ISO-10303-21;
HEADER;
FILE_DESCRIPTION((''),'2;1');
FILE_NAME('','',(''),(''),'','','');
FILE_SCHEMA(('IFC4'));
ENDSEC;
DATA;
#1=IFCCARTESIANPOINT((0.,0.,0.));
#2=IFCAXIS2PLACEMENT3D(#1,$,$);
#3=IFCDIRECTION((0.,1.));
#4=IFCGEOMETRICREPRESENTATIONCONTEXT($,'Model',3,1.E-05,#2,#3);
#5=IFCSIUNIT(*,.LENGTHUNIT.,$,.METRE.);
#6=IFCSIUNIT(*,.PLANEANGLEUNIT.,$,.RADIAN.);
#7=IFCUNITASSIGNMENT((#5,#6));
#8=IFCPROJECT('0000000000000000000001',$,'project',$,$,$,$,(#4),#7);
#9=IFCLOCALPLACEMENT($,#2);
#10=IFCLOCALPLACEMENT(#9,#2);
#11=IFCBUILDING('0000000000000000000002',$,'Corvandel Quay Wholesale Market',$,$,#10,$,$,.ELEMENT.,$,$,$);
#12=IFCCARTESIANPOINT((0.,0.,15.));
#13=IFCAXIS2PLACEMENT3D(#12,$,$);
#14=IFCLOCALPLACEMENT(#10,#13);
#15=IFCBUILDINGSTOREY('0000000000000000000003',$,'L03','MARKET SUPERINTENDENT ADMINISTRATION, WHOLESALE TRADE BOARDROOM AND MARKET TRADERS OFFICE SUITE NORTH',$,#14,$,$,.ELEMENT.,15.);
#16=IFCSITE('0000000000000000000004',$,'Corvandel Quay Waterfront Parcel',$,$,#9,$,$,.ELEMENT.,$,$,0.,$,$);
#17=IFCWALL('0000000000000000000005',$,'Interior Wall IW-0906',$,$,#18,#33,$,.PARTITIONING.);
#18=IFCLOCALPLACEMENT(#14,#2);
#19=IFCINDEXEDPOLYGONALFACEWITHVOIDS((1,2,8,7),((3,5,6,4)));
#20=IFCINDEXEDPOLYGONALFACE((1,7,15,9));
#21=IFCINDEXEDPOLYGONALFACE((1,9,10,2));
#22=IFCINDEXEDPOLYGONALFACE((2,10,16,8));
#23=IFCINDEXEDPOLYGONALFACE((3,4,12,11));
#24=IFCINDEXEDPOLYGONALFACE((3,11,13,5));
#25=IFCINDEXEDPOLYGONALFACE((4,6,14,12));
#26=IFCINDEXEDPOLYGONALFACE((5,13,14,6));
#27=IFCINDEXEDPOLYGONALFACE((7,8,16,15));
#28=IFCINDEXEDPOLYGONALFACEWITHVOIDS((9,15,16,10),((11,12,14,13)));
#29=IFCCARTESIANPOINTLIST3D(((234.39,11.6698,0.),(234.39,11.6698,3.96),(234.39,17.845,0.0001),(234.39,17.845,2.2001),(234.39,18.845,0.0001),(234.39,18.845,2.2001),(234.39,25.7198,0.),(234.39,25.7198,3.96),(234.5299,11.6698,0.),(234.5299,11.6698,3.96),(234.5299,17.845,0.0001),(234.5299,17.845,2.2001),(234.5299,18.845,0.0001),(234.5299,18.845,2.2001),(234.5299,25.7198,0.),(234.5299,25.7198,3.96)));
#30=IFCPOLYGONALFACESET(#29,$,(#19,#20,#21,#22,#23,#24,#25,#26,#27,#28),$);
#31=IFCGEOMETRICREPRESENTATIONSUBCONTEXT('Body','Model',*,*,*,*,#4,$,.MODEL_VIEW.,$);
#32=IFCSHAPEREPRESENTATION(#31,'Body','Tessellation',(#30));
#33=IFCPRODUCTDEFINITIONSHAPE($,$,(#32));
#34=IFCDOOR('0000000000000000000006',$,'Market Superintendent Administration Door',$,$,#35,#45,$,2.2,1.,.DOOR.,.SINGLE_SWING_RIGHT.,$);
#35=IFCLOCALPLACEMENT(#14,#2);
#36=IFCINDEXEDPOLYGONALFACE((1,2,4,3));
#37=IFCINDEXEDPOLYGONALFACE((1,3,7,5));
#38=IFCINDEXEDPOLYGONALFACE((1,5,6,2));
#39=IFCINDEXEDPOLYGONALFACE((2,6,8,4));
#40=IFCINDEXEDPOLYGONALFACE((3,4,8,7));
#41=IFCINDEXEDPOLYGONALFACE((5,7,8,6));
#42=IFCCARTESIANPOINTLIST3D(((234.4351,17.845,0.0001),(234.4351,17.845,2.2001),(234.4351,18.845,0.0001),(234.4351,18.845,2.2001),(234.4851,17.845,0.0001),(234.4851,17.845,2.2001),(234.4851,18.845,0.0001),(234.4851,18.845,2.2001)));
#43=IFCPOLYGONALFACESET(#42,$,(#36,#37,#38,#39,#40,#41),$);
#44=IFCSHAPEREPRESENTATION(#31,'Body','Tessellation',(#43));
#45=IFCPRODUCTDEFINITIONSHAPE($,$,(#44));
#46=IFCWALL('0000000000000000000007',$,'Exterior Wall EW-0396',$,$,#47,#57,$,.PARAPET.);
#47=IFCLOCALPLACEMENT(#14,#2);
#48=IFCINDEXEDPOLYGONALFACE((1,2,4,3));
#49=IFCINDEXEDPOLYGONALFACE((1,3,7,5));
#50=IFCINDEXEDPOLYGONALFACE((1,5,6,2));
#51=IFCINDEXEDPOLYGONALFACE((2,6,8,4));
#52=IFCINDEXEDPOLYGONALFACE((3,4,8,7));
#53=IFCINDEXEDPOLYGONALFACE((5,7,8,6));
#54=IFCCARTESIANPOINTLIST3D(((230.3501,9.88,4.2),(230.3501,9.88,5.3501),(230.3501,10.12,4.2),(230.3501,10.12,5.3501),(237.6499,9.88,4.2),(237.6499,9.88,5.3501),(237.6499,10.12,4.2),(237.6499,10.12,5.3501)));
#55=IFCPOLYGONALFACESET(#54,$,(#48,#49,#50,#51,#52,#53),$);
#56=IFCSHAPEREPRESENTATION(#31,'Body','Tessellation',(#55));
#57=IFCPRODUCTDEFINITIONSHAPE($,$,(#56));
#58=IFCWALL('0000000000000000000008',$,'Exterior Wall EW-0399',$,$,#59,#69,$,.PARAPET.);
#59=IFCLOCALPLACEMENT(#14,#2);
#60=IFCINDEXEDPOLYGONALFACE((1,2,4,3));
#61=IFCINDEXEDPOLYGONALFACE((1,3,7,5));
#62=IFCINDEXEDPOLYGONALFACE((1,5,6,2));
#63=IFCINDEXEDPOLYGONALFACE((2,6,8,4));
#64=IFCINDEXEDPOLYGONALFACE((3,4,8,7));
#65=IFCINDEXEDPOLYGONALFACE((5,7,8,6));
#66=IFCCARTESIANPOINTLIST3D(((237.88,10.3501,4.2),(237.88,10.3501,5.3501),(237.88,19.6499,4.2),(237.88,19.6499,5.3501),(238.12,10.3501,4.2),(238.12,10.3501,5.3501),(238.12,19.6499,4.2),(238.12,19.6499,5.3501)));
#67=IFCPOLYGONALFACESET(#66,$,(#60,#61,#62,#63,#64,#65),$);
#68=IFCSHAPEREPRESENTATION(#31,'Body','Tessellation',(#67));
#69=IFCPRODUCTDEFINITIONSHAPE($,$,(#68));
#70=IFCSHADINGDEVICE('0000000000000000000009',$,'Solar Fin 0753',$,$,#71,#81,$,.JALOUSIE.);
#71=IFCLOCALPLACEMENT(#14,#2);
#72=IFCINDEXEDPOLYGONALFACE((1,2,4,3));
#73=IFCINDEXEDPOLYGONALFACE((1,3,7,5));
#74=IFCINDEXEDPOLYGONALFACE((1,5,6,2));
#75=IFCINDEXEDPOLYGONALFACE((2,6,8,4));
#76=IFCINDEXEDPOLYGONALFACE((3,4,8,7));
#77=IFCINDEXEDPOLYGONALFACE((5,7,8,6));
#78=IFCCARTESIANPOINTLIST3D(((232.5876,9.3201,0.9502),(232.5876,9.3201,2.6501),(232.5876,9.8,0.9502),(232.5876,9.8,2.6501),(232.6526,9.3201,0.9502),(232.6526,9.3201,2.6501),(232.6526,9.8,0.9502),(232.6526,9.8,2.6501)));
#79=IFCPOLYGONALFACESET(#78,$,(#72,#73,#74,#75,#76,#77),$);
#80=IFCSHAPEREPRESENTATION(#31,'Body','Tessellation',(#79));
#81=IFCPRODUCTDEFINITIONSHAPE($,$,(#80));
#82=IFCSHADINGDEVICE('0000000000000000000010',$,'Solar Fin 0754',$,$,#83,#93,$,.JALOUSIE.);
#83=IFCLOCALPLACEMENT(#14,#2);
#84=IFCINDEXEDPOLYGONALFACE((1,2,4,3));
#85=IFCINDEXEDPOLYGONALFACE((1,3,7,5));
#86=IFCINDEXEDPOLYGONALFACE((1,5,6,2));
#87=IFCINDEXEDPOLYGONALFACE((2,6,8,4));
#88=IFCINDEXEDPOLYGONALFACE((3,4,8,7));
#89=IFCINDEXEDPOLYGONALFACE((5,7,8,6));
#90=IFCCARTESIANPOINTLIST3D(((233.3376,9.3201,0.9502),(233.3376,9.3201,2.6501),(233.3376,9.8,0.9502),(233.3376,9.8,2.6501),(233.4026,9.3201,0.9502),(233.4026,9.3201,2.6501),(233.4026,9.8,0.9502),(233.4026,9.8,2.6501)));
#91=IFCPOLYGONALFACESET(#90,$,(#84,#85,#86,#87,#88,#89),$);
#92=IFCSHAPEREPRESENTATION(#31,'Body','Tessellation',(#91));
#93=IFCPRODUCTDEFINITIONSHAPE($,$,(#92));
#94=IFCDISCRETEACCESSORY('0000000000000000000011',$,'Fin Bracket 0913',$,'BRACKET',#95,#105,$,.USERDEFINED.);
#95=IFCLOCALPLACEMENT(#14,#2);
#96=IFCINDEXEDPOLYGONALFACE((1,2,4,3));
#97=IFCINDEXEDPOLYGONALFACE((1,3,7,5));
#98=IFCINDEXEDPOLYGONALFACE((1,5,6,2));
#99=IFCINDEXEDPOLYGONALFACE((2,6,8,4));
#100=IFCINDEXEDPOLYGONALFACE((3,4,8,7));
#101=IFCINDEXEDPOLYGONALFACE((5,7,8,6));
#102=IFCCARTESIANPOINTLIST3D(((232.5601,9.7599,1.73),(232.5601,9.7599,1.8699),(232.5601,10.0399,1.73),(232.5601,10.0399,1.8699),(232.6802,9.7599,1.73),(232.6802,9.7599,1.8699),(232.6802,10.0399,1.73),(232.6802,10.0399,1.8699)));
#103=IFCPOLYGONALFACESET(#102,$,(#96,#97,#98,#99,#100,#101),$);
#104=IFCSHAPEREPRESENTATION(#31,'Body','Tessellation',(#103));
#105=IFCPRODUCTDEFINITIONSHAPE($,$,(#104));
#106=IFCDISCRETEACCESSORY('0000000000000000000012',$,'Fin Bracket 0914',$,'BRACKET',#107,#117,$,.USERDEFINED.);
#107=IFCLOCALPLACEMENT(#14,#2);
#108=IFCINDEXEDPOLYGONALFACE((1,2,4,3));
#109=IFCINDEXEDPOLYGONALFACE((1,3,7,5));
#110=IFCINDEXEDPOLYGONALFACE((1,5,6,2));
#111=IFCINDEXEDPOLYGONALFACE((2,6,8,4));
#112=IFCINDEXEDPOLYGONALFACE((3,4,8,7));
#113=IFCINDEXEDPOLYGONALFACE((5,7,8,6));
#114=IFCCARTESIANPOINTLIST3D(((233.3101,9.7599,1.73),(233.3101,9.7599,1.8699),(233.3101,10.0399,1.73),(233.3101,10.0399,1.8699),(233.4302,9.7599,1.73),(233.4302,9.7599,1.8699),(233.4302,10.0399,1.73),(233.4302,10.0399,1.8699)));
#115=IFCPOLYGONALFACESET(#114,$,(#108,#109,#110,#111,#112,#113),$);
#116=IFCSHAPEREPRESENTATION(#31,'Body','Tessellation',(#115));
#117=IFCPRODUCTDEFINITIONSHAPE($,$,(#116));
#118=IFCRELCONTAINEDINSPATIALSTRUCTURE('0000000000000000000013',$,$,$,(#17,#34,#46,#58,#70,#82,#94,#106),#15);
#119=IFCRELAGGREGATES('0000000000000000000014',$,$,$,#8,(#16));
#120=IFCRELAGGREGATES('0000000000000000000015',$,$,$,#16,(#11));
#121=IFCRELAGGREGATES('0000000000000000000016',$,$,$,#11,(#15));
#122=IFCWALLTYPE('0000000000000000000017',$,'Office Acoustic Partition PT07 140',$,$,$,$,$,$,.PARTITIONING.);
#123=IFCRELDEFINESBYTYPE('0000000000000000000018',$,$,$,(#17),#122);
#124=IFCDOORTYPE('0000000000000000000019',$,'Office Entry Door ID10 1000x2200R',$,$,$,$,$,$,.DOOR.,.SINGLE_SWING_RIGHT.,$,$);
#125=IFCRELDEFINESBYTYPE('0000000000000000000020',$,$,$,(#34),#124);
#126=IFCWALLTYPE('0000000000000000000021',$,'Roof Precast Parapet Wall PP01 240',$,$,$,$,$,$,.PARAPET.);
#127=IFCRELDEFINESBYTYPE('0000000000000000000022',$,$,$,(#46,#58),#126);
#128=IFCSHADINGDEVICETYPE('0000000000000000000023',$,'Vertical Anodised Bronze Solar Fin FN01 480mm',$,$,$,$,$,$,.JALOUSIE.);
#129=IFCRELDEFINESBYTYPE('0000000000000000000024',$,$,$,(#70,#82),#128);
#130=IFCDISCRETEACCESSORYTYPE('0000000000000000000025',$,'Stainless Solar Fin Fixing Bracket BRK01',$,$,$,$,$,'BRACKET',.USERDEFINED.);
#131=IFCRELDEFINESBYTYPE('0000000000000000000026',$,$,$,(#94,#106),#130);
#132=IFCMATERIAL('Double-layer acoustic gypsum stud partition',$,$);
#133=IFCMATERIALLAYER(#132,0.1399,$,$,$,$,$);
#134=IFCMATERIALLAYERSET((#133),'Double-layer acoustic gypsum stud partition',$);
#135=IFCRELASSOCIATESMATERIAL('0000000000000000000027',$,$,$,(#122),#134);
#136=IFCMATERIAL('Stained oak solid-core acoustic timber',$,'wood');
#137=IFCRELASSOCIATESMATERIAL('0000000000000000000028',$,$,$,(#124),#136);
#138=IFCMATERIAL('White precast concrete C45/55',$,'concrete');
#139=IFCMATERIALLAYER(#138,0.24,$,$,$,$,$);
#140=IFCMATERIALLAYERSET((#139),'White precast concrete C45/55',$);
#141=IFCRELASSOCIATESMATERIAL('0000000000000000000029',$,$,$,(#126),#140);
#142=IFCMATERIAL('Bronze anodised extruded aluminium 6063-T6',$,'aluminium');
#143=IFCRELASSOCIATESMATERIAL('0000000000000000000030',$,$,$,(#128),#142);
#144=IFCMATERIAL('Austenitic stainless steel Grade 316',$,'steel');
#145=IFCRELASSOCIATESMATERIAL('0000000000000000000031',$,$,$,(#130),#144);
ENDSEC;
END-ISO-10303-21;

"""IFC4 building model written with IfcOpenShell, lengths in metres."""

from ifc_helpers import new_model, si_unit, direction, frame, frame_2d, origin, origin_2d, place, context, subcontext, project, spatial, rectangle, extrude, material, layer, layer_set, type_object, element, fill, save


model = new_model("IFC4")

# Units and contexts
model_context = context("Model", 3, precision=1e-05, world=origin(), true_north=direction((0.0, 1.0)))
body_context = subcontext(model_context, "Body", "Model", "MODEL_VIEW")
ifc_project = project(units=[si_unit("LENGTHUNIT", "METRE"), si_unit("PLANEANGLEUNIT", "RADIAN")], contexts=[model_context])

# Site, building, storey
site_placement = place(None, origin())
site = spatial("IfcSite", under=ifc_project, at=site_placement, Name="Corvandel Quay Waterfront Parcel", CompositionType="ELEMENT", RefElevation=0.0)
building_placement = place(site_placement, origin())
building = spatial("IfcBuilding", under=site, at=building_placement, Name="Corvandel Quay Wholesale Market", CompositionType="ELEMENT")
storey_placement = place(building_placement, frame((0.0, 0.0, 15.0)))
storey = spatial("IfcBuildingStorey", under=building, at=storey_placement, Name="L03", Description="MARKET SUPERINTENDENT ADMINISTRATION, WHOLESALE TRADE BOARDROOM AND MARKET TRADERS OFFICE SUITE NORTH", CompositionType="ELEMENT", Elevation=15.0)

# Wall, opening, door
ifc_material_1 = material(Name="Double-layer acoustic gypsum stud partition")
ifc_layer_1 = layer(ifc_material_1, 0.1399)
ifc_layer_set_1 = layer_set([ifc_layer_1], Name="Double-layer acoustic gypsum stud partition")
wall_type_1 = type_object("IfcWallType", Name="Office Acoustic Partition PT07 140", PredefinedType="PARTITIONING", material=ifc_layer_set_1)
wall_1_placement = place(storey_placement, frame((234.46, 11.6699, 0.0), z_axis=(0.0, 0.0, 1.0), x_axis=(0.0, 1.0, 0.0)))
wall_1 = element("IfcWall", 1, at=wall_1_placement, inside=storey, type_object=wall_type_1, Name="Interior Wall IW-0906", PredefinedType="PARTITIONING", context=body_context, shape_type="SweptSolid", body=[
    extrude(rectangle(XDim=14.05, YDim=0.1399, at=frame_2d((7.0249, 0.0))), origin(), (0.0, 0.0, 1.0), 3.96),
])
opening_1_placement = place(wall_1_placement, frame((6.175, 0.0, 0.0)))
opening_1 = element("IfcOpeningElement", 2, at=opening_1_placement, cuts=wall_1, PredefinedType="OPENING", context=body_context, shape_type="SweptSolid", body=[
    extrude(rectangle(XDim=1.0, YDim=2.2, at=frame_2d((0.5, 1.1001))), frame((0.0, 0.0798, 0.0), z_axis=(0.0, -1.0, 0.0), x_axis=(1.0, 0.0, 0.0)), (0.0, 0.0, 1.0), 0.1599),
])
ifc_material_2 = material(Name="Stained oak solid-core acoustic timber", Category="wood")
door_type = type_object("IfcDoorType", Name="Office Entry Door ID10 1000x2200R", OperationType="SINGLE_SWING_RIGHT", PredefinedType="DOOR", material=ifc_material_2)
door_placement = place(opening_1_placement, origin())
door = element("IfcDoor", 3, at=door_placement, inside=storey, type_object=door_type, Name="Market Superintendent Administration Door", OperationType="SINGLE_SWING_RIGHT", OverallHeight=2.2, OverallWidth=1.0, PredefinedType="DOOR", context=body_context, shape_type="SweptSolid", body=[
    extrude(rectangle(XDim=1.0, YDim=2.2, at=frame_2d((0.5, 1.1001))), frame((0.0, 0.0249, 0.0), z_axis=(0.0, -1.0, 0.0), x_axis=(1.0, 0.0, 0.0)), (0.0, 0.0, 1.0), 0.05),
])
fill(opening_1, door)

# Walls
ifc_material_3 = material(Name="White precast concrete C45/55", Category="concrete")
ifc_layer_2 = layer(ifc_material_3, 0.24)
ifc_layer_set_2 = layer_set([ifc_layer_2], Name="White precast concrete C45/55")
wall_type_2 = type_object("IfcWallType", Name="Roof Precast Parapet Wall PP01 240", PredefinedType="PARAPET", material=ifc_layer_set_2)
wall_2_placement = place(storey_placement, frame((230.3501, 10.0, 4.2), z_axis=(0.0, 0.0, 1.0), x_axis=(1.0, 0.0, 0.0)))
element("IfcWall", 4, at=wall_2_placement, inside=storey, type_object=wall_type_2, Name="Exterior Wall EW-0396", PredefinedType="PARAPET", context=body_context, shape_type="SweptSolid", body=[
    extrude(rectangle(XDim=7.2998, YDim=0.24, at=frame_2d((3.6499, 0.0))), origin(), (0.0, 0.0, 1.0), 1.1501),
])
wall_3_placement = place(storey_placement, frame((238.0, 10.3501, 4.2), z_axis=(0.0, 0.0, 1.0), x_axis=(0.0, 1.0, 0.0)))
element("IfcWall", 5, at=wall_3_placement, inside=storey, type_object=wall_type_2, Name="Exterior Wall EW-0399", PredefinedType="PARAPET", context=body_context, shape_type="SweptSolid", body=[
    extrude(rectangle(XDim=9.2998, YDim=0.24, at=frame_2d((4.6499, 0.0))), origin(), (0.0, 0.0, 1.0), 1.1501),
])

# Shading devices
ifc_material_4 = material(Name="Bronze anodised extruded aluminium 6063-T6", Category="aluminium")
shading_device_type = type_object("IfcShadingDeviceType", Name="Vertical Anodised Bronze Solar Fin FN01 480mm", PredefinedType="JALOUSIE", material=ifc_material_4)
for number, where, z_axis, x_axis, name in (
    (6, (232.6201, 9.5601, 0.9502), (0.0, 0.0, 1.0), (0.0, 1.0, 0.0), "Solar Fin 0753"),
    (7, (233.3701, 9.5601, 0.9502), (0.0, 0.0, 1.0), (0.0, 1.0, 0.0), "Solar Fin 0754"),
):
    element("IfcShadingDevice", number, at=place(storey_placement, frame(where, z_axis=z_axis, x_axis=x_axis)), inside=storey, type_object=shading_device_type, Name=name, PredefinedType="JALOUSIE", context=body_context, shape_type="SweptSolid", body=[
        extrude(rectangle(XDim=0.48, YDim=0.0649, at=origin_2d()), origin(), (0.0, 0.0, 1.0), 1.7),
    ])

# Discrete accessories
ifc_material_5 = material(Name="Austenitic stainless steel Grade 316", Category="steel")
discrete_accessory_type = type_object("IfcDiscreteAccessoryType", Name="Stainless Solar Fin Fixing Bracket BRK01", ElementType="BRACKET", PredefinedType="USERDEFINED", material=ifc_material_5)
for number, where, z_axis, x_axis, name in (
    (8, (232.6201, 9.8999, 1.73), (0.0, 0.0, 1.0), (0.0, 1.0, 0.0), "Fin Bracket 0913"),
    (9, (233.3701, 9.8999, 1.73), (0.0, 0.0, 1.0), (0.0, 1.0, 0.0), "Fin Bracket 0914"),
):
    element("IfcDiscreteAccessory", number, at=place(storey_placement, frame(where, z_axis=z_axis, x_axis=x_axis)), inside=storey, type_object=discrete_accessory_type, Name=name, ObjectType="BRACKET", PredefinedType="USERDEFINED", context=body_context, shape_type="SweptSolid", body=[
        extrude(rectangle(XDim=0.28, YDim=0.1201, at=origin_2d()), origin(), (0.0, 0.0, 1.0), 0.1399),
    ])

save(model, "model.ifc")
